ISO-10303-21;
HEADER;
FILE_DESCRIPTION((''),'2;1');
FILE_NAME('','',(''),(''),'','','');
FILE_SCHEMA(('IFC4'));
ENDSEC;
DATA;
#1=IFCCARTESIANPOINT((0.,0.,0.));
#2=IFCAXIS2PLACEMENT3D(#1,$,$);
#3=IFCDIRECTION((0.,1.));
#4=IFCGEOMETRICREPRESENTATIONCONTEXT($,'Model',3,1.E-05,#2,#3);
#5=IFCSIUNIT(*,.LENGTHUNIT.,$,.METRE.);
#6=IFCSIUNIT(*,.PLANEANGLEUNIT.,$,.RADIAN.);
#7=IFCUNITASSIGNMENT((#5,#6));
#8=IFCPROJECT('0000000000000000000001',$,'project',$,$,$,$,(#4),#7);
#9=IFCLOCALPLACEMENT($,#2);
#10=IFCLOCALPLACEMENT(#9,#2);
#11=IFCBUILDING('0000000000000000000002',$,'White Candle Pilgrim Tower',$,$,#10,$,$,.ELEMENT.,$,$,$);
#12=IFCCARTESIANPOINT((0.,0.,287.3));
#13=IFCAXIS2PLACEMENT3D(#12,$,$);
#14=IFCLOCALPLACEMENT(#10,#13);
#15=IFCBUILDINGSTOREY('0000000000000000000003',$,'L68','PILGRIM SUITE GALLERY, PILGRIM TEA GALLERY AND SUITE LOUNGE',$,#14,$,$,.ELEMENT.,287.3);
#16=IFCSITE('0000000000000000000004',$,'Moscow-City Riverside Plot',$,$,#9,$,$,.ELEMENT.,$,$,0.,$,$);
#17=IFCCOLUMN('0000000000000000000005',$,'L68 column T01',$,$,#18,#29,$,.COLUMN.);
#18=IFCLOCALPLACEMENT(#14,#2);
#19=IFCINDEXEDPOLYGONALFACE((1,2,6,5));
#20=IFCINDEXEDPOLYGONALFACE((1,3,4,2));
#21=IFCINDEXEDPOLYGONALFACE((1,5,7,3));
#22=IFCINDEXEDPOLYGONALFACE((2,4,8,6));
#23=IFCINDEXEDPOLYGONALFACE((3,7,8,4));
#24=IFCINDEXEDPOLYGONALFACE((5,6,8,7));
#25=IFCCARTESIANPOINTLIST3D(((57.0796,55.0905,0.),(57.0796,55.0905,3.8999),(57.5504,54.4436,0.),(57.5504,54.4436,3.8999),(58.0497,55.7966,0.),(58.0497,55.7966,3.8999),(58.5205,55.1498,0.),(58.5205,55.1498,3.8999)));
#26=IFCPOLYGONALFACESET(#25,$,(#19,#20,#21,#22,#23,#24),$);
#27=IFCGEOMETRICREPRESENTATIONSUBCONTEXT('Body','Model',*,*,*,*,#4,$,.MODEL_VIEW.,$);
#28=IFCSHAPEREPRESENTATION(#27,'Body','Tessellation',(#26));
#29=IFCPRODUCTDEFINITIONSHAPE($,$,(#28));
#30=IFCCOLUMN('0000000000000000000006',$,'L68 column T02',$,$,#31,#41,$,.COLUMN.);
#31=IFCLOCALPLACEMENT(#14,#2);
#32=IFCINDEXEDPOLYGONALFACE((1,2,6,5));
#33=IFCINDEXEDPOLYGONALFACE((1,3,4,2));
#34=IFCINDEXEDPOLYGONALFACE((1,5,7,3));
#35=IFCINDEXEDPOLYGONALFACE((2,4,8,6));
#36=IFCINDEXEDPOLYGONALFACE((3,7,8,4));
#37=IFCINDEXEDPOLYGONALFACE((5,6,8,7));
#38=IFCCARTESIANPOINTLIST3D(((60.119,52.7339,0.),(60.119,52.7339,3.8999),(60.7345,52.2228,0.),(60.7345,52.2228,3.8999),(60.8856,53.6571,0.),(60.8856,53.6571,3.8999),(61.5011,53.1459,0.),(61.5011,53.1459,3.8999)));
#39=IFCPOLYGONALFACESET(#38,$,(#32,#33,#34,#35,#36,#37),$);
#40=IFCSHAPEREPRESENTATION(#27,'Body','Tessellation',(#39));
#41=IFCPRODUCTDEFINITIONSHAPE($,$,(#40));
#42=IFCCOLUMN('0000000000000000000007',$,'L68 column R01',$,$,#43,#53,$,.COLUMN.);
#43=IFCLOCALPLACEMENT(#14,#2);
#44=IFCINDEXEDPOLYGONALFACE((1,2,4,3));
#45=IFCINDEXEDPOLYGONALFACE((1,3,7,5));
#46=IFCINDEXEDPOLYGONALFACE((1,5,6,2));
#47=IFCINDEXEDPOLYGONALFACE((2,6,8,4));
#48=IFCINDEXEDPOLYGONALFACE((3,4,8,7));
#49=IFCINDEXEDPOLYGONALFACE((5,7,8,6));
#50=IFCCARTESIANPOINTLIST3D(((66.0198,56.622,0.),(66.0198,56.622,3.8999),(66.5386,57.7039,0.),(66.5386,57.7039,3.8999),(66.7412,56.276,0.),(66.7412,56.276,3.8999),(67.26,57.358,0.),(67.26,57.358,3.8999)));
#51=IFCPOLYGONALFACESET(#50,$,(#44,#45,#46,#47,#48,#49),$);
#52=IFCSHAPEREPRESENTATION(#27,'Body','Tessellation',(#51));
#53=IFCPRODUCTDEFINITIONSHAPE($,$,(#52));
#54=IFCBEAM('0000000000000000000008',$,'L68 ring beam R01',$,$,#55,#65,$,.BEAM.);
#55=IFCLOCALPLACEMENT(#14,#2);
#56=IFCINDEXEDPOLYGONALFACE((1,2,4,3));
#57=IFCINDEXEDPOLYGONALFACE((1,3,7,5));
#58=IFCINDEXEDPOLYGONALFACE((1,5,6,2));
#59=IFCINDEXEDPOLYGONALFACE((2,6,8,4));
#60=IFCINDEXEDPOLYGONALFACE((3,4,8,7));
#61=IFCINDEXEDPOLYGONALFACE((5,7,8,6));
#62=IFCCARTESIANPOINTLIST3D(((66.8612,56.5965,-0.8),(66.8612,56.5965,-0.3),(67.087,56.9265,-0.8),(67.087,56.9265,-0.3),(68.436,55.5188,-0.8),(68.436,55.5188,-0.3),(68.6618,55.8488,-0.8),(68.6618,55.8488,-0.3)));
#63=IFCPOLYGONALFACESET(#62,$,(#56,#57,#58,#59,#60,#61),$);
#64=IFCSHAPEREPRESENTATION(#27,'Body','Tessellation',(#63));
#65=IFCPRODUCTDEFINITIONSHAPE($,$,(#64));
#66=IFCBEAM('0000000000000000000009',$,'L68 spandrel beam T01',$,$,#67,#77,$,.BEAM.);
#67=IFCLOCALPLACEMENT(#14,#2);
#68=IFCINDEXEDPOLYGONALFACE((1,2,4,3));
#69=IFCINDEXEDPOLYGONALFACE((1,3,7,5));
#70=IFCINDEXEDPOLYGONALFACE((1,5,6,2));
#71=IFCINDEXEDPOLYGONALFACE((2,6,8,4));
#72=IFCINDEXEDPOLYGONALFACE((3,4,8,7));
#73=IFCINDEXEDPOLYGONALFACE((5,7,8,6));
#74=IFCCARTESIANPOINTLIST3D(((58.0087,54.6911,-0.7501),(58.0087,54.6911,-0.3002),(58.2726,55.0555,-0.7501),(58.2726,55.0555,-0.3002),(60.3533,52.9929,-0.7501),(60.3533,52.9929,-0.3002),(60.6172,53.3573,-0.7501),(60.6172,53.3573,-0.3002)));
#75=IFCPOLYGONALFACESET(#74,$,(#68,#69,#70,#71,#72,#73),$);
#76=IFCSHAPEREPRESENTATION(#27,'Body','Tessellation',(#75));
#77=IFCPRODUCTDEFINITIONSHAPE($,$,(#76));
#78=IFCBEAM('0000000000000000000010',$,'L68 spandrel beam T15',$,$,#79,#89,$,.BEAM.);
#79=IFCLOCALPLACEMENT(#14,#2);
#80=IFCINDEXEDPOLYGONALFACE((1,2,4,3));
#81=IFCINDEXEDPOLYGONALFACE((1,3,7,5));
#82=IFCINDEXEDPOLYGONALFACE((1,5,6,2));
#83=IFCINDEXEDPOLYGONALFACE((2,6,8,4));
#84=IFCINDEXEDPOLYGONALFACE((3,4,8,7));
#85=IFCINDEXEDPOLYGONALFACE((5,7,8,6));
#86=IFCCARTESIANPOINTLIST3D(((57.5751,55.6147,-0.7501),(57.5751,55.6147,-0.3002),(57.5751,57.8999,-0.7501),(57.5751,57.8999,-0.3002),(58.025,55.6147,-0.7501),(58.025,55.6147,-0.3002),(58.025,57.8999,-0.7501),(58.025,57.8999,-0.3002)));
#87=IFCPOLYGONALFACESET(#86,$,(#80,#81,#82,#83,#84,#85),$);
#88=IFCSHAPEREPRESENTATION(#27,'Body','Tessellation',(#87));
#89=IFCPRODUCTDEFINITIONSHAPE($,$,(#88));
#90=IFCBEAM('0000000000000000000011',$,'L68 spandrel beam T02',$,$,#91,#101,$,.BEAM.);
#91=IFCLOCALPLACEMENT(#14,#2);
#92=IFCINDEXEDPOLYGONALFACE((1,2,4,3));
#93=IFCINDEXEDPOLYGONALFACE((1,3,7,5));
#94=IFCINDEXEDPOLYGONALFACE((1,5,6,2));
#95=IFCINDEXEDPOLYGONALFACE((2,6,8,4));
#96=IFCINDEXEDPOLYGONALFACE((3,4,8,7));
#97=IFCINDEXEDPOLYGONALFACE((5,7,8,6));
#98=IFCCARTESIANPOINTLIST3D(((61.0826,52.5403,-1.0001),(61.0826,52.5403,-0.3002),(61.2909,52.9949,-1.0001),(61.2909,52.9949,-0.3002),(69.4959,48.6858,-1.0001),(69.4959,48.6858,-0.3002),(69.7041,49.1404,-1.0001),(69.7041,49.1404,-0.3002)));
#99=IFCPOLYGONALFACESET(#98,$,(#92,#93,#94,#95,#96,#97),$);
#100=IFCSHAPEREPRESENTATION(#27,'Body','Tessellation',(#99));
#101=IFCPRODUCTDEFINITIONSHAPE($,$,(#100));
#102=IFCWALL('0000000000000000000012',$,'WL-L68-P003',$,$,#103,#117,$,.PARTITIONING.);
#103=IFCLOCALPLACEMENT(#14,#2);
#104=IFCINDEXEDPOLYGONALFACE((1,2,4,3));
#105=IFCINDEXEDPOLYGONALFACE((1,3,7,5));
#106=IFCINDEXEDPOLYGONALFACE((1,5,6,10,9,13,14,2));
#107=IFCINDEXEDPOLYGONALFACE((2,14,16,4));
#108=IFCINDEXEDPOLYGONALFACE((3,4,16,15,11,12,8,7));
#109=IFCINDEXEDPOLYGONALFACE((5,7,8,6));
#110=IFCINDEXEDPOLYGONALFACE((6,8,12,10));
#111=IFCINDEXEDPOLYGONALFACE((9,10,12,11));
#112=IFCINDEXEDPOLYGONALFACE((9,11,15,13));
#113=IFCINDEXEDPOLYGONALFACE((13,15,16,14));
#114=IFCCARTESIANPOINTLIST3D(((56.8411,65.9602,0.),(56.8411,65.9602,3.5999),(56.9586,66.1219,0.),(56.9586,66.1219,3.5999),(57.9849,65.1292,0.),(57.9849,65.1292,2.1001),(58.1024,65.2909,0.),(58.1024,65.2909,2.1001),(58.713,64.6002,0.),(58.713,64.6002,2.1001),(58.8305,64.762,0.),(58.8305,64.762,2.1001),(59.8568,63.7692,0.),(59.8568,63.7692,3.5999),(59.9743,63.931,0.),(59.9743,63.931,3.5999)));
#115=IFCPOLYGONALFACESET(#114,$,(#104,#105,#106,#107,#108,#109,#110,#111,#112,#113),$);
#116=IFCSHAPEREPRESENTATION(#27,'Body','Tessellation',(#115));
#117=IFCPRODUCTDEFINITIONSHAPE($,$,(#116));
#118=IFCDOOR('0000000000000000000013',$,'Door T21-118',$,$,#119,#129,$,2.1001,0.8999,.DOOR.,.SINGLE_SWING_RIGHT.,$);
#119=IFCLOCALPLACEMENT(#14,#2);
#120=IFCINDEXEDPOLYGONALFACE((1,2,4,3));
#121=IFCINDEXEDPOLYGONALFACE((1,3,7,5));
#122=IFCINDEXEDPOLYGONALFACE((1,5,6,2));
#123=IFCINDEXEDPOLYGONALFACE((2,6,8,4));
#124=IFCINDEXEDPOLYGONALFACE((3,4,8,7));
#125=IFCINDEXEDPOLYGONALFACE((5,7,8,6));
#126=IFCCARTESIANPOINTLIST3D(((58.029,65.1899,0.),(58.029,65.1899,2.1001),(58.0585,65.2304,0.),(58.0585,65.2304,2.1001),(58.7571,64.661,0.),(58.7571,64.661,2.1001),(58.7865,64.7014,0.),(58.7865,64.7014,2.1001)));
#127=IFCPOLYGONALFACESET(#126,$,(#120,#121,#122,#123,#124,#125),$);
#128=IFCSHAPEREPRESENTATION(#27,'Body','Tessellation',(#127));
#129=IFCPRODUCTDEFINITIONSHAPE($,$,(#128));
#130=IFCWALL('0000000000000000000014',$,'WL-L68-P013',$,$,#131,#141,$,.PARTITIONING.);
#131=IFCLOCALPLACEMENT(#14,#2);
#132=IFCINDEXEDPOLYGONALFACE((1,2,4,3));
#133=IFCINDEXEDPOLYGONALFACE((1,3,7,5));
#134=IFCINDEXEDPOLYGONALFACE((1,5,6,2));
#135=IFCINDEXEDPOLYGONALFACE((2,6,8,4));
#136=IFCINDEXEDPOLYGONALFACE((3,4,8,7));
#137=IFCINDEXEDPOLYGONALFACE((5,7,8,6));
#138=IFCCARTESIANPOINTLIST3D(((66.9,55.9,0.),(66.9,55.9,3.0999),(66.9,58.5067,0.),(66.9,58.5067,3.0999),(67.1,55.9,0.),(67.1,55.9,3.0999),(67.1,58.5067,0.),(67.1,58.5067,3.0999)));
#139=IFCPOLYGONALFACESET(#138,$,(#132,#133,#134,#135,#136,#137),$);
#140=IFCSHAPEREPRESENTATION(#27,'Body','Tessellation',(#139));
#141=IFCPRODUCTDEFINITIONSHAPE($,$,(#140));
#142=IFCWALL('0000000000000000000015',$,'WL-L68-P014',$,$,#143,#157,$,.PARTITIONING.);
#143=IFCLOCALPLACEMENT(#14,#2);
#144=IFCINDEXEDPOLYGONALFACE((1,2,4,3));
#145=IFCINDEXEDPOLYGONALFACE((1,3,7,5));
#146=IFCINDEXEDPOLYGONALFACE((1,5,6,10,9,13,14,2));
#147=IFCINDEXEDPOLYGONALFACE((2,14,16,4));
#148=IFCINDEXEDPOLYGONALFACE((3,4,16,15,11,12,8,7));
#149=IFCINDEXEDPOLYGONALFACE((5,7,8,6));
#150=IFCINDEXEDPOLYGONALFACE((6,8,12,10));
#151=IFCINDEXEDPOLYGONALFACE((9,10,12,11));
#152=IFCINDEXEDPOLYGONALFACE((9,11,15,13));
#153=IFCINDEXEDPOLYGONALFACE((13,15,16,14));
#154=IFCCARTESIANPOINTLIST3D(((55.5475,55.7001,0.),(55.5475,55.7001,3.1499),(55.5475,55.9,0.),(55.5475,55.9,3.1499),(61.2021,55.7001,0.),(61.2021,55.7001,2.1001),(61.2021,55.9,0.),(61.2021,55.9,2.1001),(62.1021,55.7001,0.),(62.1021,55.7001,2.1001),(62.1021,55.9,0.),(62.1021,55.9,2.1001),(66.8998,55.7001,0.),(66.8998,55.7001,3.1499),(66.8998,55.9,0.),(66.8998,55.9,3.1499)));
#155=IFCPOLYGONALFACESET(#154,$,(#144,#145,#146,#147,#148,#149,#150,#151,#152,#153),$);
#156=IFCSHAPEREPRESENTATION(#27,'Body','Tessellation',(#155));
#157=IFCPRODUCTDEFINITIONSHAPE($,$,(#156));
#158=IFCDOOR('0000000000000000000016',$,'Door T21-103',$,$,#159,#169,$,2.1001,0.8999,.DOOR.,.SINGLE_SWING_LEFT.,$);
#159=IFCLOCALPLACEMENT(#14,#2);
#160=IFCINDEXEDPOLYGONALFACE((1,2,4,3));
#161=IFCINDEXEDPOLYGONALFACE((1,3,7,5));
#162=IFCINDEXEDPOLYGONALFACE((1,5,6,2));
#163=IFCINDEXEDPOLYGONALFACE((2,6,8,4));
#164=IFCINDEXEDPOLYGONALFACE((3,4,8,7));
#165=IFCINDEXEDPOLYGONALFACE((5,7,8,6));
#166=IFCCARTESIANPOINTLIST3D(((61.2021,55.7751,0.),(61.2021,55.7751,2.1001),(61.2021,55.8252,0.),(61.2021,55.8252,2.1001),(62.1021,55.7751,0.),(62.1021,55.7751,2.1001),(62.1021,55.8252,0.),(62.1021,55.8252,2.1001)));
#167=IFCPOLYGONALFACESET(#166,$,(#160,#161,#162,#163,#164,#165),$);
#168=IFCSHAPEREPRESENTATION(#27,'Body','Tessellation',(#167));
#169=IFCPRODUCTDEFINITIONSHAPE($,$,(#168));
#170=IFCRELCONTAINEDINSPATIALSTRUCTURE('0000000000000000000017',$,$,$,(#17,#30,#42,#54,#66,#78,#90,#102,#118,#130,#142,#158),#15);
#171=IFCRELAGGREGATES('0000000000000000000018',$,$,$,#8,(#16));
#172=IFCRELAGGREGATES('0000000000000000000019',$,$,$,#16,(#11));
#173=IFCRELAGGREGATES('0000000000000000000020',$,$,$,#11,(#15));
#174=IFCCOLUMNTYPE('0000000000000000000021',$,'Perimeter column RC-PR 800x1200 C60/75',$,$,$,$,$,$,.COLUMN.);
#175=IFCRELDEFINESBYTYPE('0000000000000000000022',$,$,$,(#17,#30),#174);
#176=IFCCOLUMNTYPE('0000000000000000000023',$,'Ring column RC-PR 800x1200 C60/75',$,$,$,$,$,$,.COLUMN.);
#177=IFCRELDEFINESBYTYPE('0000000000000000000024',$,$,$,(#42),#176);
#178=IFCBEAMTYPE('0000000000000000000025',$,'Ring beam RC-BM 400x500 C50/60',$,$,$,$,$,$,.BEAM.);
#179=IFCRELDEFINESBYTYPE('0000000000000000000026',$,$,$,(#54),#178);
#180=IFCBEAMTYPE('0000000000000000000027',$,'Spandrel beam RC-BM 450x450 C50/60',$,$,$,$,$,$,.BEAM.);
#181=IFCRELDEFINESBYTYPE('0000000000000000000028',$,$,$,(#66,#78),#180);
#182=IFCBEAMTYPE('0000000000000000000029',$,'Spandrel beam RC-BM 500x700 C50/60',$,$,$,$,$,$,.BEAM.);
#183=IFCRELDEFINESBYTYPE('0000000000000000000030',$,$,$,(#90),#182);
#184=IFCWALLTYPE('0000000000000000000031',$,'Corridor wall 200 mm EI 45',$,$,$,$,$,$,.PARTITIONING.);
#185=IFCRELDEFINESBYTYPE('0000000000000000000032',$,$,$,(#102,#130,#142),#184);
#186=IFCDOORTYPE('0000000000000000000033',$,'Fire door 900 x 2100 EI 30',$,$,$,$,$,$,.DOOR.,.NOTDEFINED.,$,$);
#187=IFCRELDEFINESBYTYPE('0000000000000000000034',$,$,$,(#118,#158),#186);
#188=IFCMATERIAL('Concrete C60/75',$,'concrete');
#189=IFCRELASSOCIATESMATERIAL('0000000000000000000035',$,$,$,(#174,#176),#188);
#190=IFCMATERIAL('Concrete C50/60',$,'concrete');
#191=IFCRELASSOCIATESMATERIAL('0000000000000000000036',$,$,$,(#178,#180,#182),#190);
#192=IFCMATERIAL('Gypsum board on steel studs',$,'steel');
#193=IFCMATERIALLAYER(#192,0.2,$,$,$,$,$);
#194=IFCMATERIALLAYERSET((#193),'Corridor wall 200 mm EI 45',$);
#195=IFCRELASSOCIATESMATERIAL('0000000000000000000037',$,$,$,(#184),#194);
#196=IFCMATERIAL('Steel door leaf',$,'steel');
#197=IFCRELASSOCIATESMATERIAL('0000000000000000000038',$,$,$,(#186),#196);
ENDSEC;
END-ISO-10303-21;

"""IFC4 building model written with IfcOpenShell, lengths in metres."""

from ifc_helpers import new_model, si_unit, direction, frame, frame_2d, origin, origin_2d, place, context, subcontext, project, spatial, rectangle, extrude, material, layer, layer_set, material_profile, profile_set, type_object, element, fill, save


model = new_model("IFC4")

# Units and contexts
model_context = context("Model", 3, precision=1e-05, world=origin(), true_north=direction((0.0, 1.0)))
body_context = subcontext(model_context, "Body", "Model", "MODEL_VIEW")
ifc_project = project(units=[si_unit("LENGTHUNIT", "METRE"), si_unit("PLANEANGLEUNIT", "RADIAN")], contexts=[model_context])

# Site, building, storey
site_placement = place(None, origin())
site = spatial("IfcSite", under=ifc_project, at=site_placement, Name="Moscow-City Riverside Plot", CompositionType="ELEMENT", RefElevation=0.0)
building_placement = place(site_placement, origin())
building = spatial("IfcBuilding", under=site, at=building_placement, Name="White Candle Pilgrim Tower", CompositionType="ELEMENT")
storey_placement = place(building_placement, frame((0.0, 0.0, 287.3)))
storey = spatial("IfcBuildingStorey", under=building, at=storey_placement, Name="L68", Description="PILGRIM SUITE GALLERY, PILGRIM TEA GALLERY AND SUITE LOUNGE", CompositionType="ELEMENT", Elevation=287.3)

# Columns
ifc_material_1 = material(Name="Concrete C60/75", Category="concrete")
ifc_material_profile_1 = material_profile(ifc_material_1, rectangle(XDim=0.8, YDim=1.2, at=origin_2d()), Name="RC-PR 800x1200")
ifc_profile_set_1 = profile_set([ifc_material_profile_1], Name="Concrete C60/75")
column_type_1 = type_object("IfcColumnType", Name="Perimeter column RC-PR 800x1200 C60/75", PredefinedType="COLUMN", material=ifc_profile_set_1)
for number, where, z_axis, x_axis, name in (
    (1, (57.8, 55.1201, 0.0), (0.0, 0.0, 1.0), (-0.588463, 0.808524, 0.0), "L68 column T01"),
    (2, (60.8101, 52.9399, 0.0), (0.0, 0.0, 1.0), (-0.76931, 0.638875, 0.0), "L68 column T02"),
):
    element("IfcColumn", number, at=place(storey_placement, frame(where, z_axis=z_axis, x_axis=x_axis)), inside=storey, type_object=column_type_1, Name=name, PredefinedType="COLUMN", context=body_context, shape_type="SweptSolid", body=[
        extrude(rectangle(XDim=0.8, YDim=1.2, at=origin_2d()), origin(), (0.0, 0.0, 1.0), 3.8999),
    ])
ifc_material_profile_2 = material_profile(ifc_material_1, rectangle(XDim=0.8, YDim=1.2, at=origin_2d()), Name="RC-PR 800x1200")
ifc_profile_set_2 = profile_set([ifc_material_profile_2], Name="Concrete C60/75")
column_type_2 = type_object("IfcColumnType", Name="Ring column RC-PR 800x1200 C60/75", PredefinedType="COLUMN", material=ifc_profile_set_2)
column_placement = place(storey_placement, frame((66.6399, 56.99, 0.0), z_axis=(0.0, 0.0, 1.0), x_axis=(-0.901689, 0.432385, 0.0)))
element("IfcColumn", 3, at=column_placement, inside=storey, type_object=column_type_2, Name="L68 column R01", PredefinedType="COLUMN", context=body_context, shape_type="SweptSolid", body=[
    extrude(rectangle(XDim=0.8, YDim=1.2, at=origin_2d()), origin(), (0.0, 0.0, 1.0), 3.8999),
])

# Beams
ifc_material_2 = material(Name="Concrete C50/60", Category="concrete")
ifc_material_profile_3 = material_profile(ifc_material_2, rectangle(XDim=0.3999, YDim=0.5, at=origin_2d()), Name="RC-BM 400x500")
ifc_profile_set_3 = profile_set([ifc_material_profile_3], Name="Concrete C50/60")
beam_type_1 = type_object("IfcBeamType", Name="Ring beam RC-BM 400x500 C50/60", PredefinedType="BEAM", material=ifc_profile_set_3)
beam_1_placement = place(storey_placement, frame((66.9741, 56.7615, -0.55), z_axis=(0.825257, -0.564757, 0.0), x_axis=(0.564757, 0.825257, 0.0)))
element("IfcBeam", 4, at=beam_1_placement, inside=storey, type_object=beam_type_1, Name="L68 ring beam R01", PredefinedType="BEAM", context=body_context, shape_type="SweptSolid", body=[
    extrude(rectangle(XDim=0.3999, YDim=0.5, at=origin_2d()), origin(), (0.0, 0.0, 1.0), 1.9082),
])
ifc_material_profile_4 = material_profile(ifc_material_2, rectangle(XDim=0.45, YDim=0.45, at=origin_2d()), Name="RC-BM 450x450")
ifc_profile_set_4 = profile_set([ifc_material_profile_4], Name="Concrete C50/60")
beam_type_2 = type_object("IfcBeamType", Name="Spandrel beam RC-BM 450x450 C50/60", PredefinedType="BEAM", material=ifc_profile_set_4)
beam_2_placement = place(storey_placement, frame((58.1406, 54.8733, -0.5251), z_axis=(0.809887, -0.586586, 0.0), x_axis=(0.586586, 0.809887, 0.0)))
element("IfcBeam", 5, at=beam_2_placement, inside=storey, type_object=beam_type_2, Name="L68 spandrel beam T01", PredefinedType="BEAM", context=body_context, shape_type="SweptSolid", body=[
    extrude(rectangle(XDim=0.45, YDim=0.45, at=origin_2d()), origin(), (0.0, 0.0, 1.0), 2.895),
])
beam_3_placement = place(storey_placement, frame((57.8, 55.6147, -0.5251), z_axis=(0.0, 1.0, 0.0), x_axis=(-1.0, 0.0, 0.0)))
element("IfcBeam", 6, at=beam_3_placement, inside=storey, type_object=beam_type_2, Name="L68 spandrel beam T15", PredefinedType="BEAM", context=body_context, shape_type="SweptSolid", body=[
    extrude(rectangle(XDim=0.45, YDim=0.45, at=origin_2d()), origin(), (0.0, 0.0, 1.0), 2.2852),
])
ifc_material_profile_5 = material_profile(ifc_material_2, rectangle(XDim=0.5, YDim=0.7, at=origin_2d()), Name="RC-BM 500x700")
ifc_profile_set_5 = profile_set([ifc_material_profile_5], Name="Concrete C50/60")
beam_type_3 = type_object("IfcBeamType", Name="Spandrel beam RC-BM 500x700 C50/60", PredefinedType="BEAM", material=ifc_profile_set_5)
beam_4_placement = place(storey_placement, frame((61.1868, 52.7676, -0.6501), z_axis=(0.909131, -0.41651, 0.0), x_axis=(0.41651, 0.909131, 0.0)))
element("IfcBeam", 7, at=beam_4_placement, inside=storey, type_object=beam_type_3, Name="L68 spandrel beam T02", PredefinedType="BEAM", context=body_context, shape_type="SweptSolid", body=[
    extrude(rectangle(XDim=0.5, YDim=0.7, at=origin_2d()), origin(), (0.0, 0.0, 1.0), 9.2542),
])

# Wall, opening, door
ifc_material_3 = material(Name="Gypsum board on steel studs", Category="steel")
ifc_layer_1 = layer(ifc_material_3, 0.2)
ifc_layer_set_1 = layer_set([ifc_layer_1], Name="Corridor wall 200 mm EI 45")
wall_type_1 = type_object("IfcWallType", Name="Corridor wall 200 mm EI 45", PredefinedType="PARTITIONING", material=ifc_layer_set_1)
wall_1_placement = place(storey_placement, frame((59.9155, 63.8501, 0.0), z_axis=(0.0, 0.0, 1.0), x_axis=(-0.809025, 0.587774, 0.0)))
wall_1 = element("IfcWall", 8, at=wall_1_placement, inside=storey, type_object=wall_type_1, Name="WL-L68-P003", PredefinedType="PARTITIONING", context=body_context, shape_type="SweptSolid", body=[
    extrude(rectangle(XDim=3.7275, YDim=0.2, at=frame_2d((1.8638, 0.0))), origin(), (0.0, 0.0, 1.0), 3.5999),
])
opening_1_placement = place(wall_1_placement, frame((1.4138, 0.0, 0.0)))
opening_1 = element("IfcOpeningElement", 9, at=opening_1_placement, cuts=wall_1, PredefinedType="OPENING", context=body_context, shape_type="SweptSolid", body=[
    extrude(rectangle(XDim=0.8999, YDim=2.1001, at=frame_2d((0.45, 1.05))), frame((0.0, 0.1099, 0.0), z_axis=(0.0, -1.0, 0.0), x_axis=(1.0, 0.0, 0.0)), (0.0, 0.0, 1.0), 0.22),
])
ifc_material_4 = material(Name="Steel door leaf", Category="steel")
door_type_1 = type_object("IfcDoorType", Name="Fire door 900 x 2100 EI 30", OperationType="NOTDEFINED", PredefinedType="DOOR", material=ifc_material_4)
door_1_placement = place(opening_1_placement, origin())
door_1 = element("IfcDoor", 10, at=door_1_placement, inside=storey, type_object=door_type_1, Name="Door T21-118", OperationType="SINGLE_SWING_RIGHT", OverallHeight=2.1001, OverallWidth=0.8999, PredefinedType="DOOR", context=body_context, shape_type="SweptSolid", body=[
    extrude(rectangle(XDim=0.8999, YDim=2.1001, at=frame_2d((0.45, 1.05))), frame((0.0, 0.0249, 0.0), z_axis=(0.0, -1.0, 0.0), x_axis=(1.0, 0.0, 0.0)), (0.0, 0.0, 1.0), 0.05),
])
fill(opening_1, door_1)

# Wall
wall_2_placement = place(storey_placement, frame((67.0, 58.5066, 0.0), z_axis=(0.0, 0.0, 1.0), x_axis=(0.0, -1.0, 0.0)))
element("IfcWall", 11, at=wall_2_placement, inside=storey, type_object=wall_type_1, Name="WL-L68-P013", PredefinedType="PARTITIONING", context=body_context, shape_type="SweptSolid", body=[
    extrude(rectangle(XDim=2.6067, YDim=0.2, at=frame_2d((1.3032, 0.0))), origin(), (0.0, 0.0, 1.0), 3.0999),
])

# Wall, opening, door
wall_3_placement = place(storey_placement, frame((66.8999, 55.8, 0.0), z_axis=(0.0, 0.0, 1.0), x_axis=(-1.0, 0.0, 0.0)))
wall_3 = element("IfcWall", 12, at=wall_3_placement, inside=storey, type_object=wall_type_1, Name="WL-L68-P014", PredefinedType="PARTITIONING", context=body_context, shape_type="SweptSolid", body=[
    extrude(rectangle(XDim=11.3523, YDim=0.2, at=frame_2d((5.6763, 0.0))), origin(), (0.0, 0.0, 1.0), 3.1499),
])
opening_2_placement = place(wall_3_placement, frame((4.7979, 0.0, 0.0)))
opening_2 = element("IfcOpeningElement", 13, at=opening_2_placement, cuts=wall_3, PredefinedType="OPENING", context=body_context, shape_type="SweptSolid", body=[
    extrude(rectangle(XDim=0.8999, YDim=2.1001, at=frame_2d((0.45, 1.05))), frame((0.0, 0.1099, 0.0), z_axis=(0.0, -1.0, 0.0), x_axis=(1.0, 0.0, 0.0)), (0.0, 0.0, 1.0), 0.22),
])
door_2_placement = place(opening_2_placement, origin())
door_2 = element("IfcDoor", 14, at=door_2_placement, inside=storey, type_object=door_type_1, Name="Door T21-103", OperationType="SINGLE_SWING_LEFT", OverallHeight=2.1001, OverallWidth=0.8999, PredefinedType="DOOR", context=body_context, shape_type="SweptSolid", body=[
    extrude(rectangle(XDim=0.8999, YDim=2.1001, at=frame_2d((0.45, 1.05))), frame((0.0, 0.0249, 0.0), z_axis=(0.0, -1.0, 0.0), x_axis=(1.0, 0.0, 0.0)), (0.0, 0.0, 1.0), 0.05),
])
fill(opening_2, door_2)

save(model, "model.ifc")
